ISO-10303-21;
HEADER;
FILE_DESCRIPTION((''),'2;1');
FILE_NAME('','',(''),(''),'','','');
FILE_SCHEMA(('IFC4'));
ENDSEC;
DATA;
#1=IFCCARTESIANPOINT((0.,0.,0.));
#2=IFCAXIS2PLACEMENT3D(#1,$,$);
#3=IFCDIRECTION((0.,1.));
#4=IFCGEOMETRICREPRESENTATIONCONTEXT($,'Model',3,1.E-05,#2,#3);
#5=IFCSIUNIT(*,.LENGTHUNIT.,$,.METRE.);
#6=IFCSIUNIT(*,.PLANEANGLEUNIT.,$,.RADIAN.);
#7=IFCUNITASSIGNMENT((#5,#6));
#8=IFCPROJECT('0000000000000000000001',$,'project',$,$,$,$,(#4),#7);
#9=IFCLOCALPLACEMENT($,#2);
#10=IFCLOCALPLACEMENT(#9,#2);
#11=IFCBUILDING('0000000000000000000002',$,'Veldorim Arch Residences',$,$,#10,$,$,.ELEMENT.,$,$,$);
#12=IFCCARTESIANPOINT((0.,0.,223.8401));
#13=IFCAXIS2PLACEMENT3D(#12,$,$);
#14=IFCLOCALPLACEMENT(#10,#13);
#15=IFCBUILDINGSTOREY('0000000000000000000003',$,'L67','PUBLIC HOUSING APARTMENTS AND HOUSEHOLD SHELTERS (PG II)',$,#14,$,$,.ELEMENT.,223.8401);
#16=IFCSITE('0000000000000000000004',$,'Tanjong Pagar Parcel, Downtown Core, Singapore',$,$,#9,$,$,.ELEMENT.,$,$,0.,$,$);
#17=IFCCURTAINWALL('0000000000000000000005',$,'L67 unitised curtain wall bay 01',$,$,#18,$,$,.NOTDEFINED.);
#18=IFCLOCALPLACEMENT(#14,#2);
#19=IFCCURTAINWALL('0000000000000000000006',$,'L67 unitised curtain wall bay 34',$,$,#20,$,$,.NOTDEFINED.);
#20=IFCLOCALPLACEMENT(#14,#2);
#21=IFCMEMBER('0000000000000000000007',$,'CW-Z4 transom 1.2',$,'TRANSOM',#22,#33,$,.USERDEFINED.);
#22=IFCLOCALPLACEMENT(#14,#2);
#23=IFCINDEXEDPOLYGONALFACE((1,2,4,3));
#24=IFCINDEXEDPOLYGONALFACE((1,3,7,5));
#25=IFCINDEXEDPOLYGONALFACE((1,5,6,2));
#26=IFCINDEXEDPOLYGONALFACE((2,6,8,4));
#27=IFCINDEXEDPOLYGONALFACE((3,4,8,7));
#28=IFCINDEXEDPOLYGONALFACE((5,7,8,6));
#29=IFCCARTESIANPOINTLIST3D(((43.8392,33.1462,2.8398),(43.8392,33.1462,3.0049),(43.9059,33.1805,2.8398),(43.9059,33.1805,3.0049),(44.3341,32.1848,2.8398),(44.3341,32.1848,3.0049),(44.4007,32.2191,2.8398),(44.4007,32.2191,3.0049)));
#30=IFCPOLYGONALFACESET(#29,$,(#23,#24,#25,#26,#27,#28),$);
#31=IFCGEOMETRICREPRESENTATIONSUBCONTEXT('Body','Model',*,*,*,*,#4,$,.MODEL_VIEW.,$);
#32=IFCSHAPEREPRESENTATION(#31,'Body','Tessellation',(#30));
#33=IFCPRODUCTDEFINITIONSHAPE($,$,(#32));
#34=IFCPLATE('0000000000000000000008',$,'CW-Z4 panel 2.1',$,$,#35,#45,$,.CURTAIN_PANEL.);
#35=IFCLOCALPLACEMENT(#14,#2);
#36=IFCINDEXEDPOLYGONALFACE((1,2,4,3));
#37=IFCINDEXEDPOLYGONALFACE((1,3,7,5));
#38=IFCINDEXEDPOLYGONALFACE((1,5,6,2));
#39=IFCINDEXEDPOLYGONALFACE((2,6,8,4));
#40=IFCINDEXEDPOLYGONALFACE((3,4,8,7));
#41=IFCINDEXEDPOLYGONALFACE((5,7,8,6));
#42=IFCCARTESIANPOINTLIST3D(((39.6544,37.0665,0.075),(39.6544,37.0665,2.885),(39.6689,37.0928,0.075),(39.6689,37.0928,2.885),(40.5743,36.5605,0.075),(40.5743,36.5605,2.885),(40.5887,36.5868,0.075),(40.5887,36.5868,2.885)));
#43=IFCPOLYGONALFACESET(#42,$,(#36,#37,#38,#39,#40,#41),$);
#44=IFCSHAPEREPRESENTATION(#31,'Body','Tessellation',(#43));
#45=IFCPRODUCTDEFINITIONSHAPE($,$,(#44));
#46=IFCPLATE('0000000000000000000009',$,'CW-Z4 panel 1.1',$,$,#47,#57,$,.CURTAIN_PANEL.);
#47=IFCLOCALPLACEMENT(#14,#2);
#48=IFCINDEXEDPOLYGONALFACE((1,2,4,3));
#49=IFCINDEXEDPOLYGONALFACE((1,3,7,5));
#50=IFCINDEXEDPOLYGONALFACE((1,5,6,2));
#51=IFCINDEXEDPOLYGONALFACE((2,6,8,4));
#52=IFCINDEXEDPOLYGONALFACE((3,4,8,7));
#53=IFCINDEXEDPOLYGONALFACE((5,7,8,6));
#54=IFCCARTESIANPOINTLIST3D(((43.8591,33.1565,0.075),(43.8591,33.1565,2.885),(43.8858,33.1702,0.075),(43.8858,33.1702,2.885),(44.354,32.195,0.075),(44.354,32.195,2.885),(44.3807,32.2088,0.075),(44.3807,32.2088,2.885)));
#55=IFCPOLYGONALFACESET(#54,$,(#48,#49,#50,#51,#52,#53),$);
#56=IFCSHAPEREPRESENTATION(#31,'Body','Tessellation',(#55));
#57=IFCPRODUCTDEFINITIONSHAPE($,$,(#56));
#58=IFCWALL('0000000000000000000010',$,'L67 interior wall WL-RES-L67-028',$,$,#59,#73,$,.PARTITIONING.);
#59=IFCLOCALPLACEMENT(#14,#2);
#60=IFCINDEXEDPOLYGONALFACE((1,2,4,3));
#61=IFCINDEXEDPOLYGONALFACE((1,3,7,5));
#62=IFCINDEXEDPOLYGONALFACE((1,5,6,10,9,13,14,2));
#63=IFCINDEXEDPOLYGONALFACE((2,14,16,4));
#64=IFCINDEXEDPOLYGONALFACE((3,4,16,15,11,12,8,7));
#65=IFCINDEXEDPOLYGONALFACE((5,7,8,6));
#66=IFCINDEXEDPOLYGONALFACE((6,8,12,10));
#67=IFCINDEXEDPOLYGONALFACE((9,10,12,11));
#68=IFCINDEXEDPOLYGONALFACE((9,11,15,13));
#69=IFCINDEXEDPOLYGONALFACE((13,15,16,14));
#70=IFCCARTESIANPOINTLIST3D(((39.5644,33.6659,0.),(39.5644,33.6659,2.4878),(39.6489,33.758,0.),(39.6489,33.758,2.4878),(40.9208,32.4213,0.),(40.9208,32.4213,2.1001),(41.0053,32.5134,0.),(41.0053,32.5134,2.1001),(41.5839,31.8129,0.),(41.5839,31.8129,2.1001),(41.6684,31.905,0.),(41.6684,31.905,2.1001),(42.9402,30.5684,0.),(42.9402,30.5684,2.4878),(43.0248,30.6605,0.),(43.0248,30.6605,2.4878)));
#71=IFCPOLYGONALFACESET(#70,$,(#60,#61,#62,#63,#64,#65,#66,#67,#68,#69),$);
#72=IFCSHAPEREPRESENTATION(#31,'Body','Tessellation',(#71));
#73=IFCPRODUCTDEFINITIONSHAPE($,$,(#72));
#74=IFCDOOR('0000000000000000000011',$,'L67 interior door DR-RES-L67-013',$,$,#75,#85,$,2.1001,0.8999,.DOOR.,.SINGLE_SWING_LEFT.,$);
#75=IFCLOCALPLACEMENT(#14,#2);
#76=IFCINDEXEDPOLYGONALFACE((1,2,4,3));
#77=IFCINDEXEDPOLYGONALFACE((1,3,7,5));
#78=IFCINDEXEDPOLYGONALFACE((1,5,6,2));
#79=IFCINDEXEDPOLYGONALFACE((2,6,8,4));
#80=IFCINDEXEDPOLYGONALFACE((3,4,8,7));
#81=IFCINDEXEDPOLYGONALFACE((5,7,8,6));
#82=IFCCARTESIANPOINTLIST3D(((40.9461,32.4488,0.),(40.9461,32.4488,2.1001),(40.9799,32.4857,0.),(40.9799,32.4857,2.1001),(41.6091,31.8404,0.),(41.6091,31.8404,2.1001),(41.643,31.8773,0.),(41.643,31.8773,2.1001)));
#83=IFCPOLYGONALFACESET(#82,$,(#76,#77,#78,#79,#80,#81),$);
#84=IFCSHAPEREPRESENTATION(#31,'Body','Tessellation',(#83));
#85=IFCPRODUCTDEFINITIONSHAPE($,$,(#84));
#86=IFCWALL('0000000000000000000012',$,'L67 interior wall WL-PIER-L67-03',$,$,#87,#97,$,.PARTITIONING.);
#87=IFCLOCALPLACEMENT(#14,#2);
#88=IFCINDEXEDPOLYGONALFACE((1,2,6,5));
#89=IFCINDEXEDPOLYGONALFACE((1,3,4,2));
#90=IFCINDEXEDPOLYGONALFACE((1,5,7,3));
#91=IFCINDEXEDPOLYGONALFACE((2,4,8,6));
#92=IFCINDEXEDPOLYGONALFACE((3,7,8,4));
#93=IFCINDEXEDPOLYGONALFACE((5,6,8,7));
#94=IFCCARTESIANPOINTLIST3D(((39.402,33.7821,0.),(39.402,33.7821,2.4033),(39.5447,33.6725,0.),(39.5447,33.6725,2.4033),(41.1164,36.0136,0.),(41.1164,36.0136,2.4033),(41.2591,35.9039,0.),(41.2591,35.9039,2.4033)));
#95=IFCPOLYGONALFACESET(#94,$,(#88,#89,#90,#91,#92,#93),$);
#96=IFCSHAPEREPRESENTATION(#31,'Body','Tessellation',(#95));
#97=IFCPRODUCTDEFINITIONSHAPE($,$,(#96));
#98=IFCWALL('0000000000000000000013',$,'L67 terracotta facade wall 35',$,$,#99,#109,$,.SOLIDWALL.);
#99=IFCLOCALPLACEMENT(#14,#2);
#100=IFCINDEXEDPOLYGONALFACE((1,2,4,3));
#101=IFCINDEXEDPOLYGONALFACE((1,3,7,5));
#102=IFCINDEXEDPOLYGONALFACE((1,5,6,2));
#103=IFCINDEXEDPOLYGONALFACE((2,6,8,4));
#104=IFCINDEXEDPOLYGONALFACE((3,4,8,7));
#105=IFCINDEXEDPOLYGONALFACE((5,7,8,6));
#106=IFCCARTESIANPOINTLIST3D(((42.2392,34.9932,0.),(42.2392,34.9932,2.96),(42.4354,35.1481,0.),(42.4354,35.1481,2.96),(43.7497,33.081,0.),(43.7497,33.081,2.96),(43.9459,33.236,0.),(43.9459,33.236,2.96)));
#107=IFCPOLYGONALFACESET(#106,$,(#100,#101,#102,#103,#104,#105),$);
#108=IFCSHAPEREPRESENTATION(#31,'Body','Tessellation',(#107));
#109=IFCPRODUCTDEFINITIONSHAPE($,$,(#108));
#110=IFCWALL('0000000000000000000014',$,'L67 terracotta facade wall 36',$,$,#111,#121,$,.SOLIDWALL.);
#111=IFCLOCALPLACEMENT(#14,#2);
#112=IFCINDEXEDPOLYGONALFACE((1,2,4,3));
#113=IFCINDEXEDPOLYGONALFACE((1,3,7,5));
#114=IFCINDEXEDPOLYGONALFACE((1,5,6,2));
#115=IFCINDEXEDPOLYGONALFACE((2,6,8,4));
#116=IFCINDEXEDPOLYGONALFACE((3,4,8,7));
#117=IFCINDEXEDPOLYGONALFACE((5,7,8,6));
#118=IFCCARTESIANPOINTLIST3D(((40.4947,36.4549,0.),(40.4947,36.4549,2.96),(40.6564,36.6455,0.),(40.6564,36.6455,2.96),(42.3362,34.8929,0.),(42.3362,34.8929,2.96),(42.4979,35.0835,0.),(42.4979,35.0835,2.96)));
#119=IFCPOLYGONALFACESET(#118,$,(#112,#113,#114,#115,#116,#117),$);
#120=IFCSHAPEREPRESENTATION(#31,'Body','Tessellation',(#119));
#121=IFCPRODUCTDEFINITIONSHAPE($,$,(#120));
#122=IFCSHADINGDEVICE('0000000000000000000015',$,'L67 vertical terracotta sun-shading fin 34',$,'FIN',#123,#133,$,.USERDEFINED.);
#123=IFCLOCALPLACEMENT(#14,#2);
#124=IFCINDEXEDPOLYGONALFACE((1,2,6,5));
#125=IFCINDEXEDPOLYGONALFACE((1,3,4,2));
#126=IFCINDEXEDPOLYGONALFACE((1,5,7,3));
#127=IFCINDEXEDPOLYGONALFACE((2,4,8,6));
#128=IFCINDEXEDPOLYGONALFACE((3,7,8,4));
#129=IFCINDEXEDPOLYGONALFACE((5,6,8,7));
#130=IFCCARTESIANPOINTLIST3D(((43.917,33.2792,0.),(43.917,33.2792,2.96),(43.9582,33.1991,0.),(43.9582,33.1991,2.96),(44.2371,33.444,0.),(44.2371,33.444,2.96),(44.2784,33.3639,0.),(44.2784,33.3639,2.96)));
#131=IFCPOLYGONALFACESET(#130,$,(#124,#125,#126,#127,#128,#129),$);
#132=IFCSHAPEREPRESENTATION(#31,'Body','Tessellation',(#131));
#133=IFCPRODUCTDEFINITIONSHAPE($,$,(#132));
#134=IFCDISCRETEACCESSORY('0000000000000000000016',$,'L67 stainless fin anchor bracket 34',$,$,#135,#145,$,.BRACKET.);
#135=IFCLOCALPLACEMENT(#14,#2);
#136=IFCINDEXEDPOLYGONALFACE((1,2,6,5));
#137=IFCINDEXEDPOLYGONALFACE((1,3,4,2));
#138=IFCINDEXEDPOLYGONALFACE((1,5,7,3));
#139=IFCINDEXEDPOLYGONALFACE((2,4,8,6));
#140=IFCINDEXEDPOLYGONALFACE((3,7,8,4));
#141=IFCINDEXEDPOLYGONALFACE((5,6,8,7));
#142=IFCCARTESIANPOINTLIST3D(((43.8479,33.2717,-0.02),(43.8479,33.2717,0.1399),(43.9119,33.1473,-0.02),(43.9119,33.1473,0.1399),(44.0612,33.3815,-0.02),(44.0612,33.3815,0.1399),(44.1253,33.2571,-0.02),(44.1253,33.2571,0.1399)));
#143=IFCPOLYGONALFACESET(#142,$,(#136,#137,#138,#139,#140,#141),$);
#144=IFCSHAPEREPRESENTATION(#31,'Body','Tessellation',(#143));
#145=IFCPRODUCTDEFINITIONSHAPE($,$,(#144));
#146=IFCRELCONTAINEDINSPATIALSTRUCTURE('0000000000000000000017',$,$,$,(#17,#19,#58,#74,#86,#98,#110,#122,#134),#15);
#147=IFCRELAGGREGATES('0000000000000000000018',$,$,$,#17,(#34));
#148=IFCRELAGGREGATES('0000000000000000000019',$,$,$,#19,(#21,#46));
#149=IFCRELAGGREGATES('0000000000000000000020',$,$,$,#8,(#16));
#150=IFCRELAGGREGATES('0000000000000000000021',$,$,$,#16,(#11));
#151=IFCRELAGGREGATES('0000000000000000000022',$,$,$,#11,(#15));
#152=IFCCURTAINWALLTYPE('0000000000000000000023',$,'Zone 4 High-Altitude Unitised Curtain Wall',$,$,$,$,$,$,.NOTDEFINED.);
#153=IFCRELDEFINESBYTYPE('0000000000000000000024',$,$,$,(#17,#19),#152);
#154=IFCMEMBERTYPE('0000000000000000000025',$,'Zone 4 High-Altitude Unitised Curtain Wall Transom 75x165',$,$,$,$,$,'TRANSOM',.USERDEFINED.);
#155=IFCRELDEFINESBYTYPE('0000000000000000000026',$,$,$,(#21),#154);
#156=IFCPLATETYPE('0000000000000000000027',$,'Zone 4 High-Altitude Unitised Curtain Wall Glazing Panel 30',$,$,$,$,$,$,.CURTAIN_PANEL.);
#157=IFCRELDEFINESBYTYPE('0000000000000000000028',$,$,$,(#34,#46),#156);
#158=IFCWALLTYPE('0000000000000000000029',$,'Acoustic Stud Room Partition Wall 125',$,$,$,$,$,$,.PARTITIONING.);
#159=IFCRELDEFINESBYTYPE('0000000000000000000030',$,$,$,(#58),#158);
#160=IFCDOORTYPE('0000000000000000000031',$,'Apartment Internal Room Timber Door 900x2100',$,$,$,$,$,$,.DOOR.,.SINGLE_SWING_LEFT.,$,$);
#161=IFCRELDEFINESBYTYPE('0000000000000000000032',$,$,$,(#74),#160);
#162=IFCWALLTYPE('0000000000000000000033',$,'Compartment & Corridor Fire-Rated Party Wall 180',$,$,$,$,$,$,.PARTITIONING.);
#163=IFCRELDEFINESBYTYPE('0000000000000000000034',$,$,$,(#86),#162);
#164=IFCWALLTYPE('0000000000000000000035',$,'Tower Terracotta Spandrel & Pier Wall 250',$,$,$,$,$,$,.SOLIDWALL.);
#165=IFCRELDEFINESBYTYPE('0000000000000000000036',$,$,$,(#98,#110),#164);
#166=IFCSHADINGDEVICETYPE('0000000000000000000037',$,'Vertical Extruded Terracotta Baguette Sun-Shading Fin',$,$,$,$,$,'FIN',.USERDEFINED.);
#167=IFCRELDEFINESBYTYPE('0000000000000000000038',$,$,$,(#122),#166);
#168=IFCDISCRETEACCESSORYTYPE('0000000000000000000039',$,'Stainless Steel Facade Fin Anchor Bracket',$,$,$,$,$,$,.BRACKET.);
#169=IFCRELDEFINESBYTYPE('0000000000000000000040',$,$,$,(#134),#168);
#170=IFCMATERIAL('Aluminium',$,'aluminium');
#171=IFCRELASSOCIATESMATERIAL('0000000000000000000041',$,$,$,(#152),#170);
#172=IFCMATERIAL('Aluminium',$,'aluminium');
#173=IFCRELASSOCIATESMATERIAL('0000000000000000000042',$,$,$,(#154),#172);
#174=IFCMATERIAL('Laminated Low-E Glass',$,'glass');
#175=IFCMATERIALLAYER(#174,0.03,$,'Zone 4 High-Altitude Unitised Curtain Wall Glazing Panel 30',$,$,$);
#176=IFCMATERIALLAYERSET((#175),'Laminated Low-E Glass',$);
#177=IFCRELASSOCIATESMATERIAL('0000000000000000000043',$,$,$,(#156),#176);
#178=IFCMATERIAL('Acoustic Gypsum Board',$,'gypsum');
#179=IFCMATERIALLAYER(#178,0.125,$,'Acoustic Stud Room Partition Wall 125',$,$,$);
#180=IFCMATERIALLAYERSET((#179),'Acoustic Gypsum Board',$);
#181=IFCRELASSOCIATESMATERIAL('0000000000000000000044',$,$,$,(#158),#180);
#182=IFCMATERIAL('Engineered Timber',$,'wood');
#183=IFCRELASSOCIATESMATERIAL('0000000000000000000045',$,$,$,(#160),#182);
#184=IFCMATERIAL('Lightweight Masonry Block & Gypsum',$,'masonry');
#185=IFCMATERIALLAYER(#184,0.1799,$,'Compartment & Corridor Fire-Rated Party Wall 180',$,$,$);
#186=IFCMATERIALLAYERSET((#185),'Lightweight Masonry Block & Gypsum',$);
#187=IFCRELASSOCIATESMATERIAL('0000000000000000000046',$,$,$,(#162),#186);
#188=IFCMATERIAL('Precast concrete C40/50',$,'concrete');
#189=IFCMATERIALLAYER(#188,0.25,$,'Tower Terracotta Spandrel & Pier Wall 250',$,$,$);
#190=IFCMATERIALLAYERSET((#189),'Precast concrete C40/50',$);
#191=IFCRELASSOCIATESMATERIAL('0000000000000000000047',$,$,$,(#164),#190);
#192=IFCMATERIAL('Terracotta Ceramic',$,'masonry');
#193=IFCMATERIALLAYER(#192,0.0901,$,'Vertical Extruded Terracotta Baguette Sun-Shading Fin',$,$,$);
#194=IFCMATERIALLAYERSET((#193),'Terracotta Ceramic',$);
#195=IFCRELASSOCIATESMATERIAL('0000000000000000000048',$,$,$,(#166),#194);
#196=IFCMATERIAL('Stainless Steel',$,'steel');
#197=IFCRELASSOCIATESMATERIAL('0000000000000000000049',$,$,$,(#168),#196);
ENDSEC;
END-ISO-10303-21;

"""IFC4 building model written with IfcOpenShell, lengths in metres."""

from ifc_helpers import new_model, si_unit, direction, frame, frame_2d, origin, origin_2d, place, context, subcontext, project, spatial, rectangle, extrude, material, layer, layer_set, material_profile, profile_set, type_object, element, fill, aggregate, save


model = new_model("IFC4")

# Units and contexts
model_context = context("Model", 3, precision=1e-05, world=origin(), true_north=direction((0.0, 1.0)))
body_context = subcontext(model_context, "Body", "Model", "MODEL_VIEW")
ifc_project = project(units=[si_unit("LENGTHUNIT", "METRE"), si_unit("PLANEANGLEUNIT", "RADIAN")], contexts=[model_context])

# Site, building, storey
site_placement = place(None, origin())
site = spatial("IfcSite", under=ifc_project, at=site_placement, Name="Tanjong Pagar Parcel, Downtown Core, Singapore", CompositionType="ELEMENT", RefElevation=0.0)
building_placement = place(site_placement, origin())
building = spatial("IfcBuilding", under=site, at=building_placement, Name="Veldorim Arch Residences", CompositionType="ELEMENT")
storey_placement = place(building_placement, frame((0.0, 0.0, 223.8401)))
storey = spatial("IfcBuildingStorey", under=building, at=storey_placement, Name="L67", Description="PUBLIC HOUSING APARTMENTS AND HOUSEHOLD SHELTERS (PG II)", CompositionType="ELEMENT", Elevation=223.8401)

# Curtain wall
ifc_material_1 = material(Name="Aluminium", Category="aluminium")
curtain_wall_type = type_object("IfcCurtainWallType", Name="Zone 4 High-Altitude Unitised Curtain Wall", PredefinedType="NOTDEFINED", material=ifc_material_1)
curtain_wall_1_placement = place(storey_placement, origin())
curtain_wall_1 = element("IfcCurtainWall", 1, at=curtain_wall_1_placement, inside=storey, type_object=curtain_wall_type, Name="L67 unitised curtain wall bay 01", PredefinedType="NOTDEFINED")

# Curtain wall
curtain_wall_2_placement = place(storey_placement, origin())
curtain_wall_2 = element("IfcCurtainWall", 2, at=curtain_wall_2_placement, inside=storey, type_object=curtain_wall_type, Name="L67 unitised curtain wall bay 34", PredefinedType="NOTDEFINED")

# Member
ifc_material_2 = material(Name="Aluminium", Category="aluminium")
ifc_material_profile_1 = material_profile(ifc_material_2, rectangle(XDim=0.075, YDim=0.165, at=origin_2d()), Name="ALU_TRN_75x165")
ifc_profile_set_1 = profile_set([ifc_material_profile_1], Name="Aluminium")
member_type_1 = type_object("IfcMemberType", Name="Zone 4 High-Altitude Unitised Curtain Wall Transom 75x165", ElementType="TRANSOM", PredefinedType="USERDEFINED", material=ifc_profile_set_1)
member_1_placement = place(storey_placement, frame((43.8726, 33.1633, 2.9224), z_axis=(0.457659, -0.889128, 0.0), x_axis=(0.889128, 0.457659, 0.0)))
member_1 = element("IfcMember", 3, at=member_1_placement, type_object=member_type_1, Name="CW-Z4 transom 1.2", ObjectType="TRANSOM", PredefinedType="USERDEFINED", context=body_context, shape_type="SweptSolid", body=[
    extrude(rectangle(XDim=0.075, YDim=0.165, at=origin_2d()), origin(), (0.0, 0.0, 1.0), 1.0813),
])

# Plates
ifc_material_3 = material(Name="Laminated Low-E Glass", Category="glass")
ifc_layer_1 = layer(ifc_material_3, 0.03, Name="Zone 4 High-Altitude Unitised Curtain Wall Glazing Panel 30")
ifc_layer_set_1 = layer_set([ifc_layer_1], Name="Laminated Low-E Glass")
plate_type = type_object("IfcPlateType", Name="Zone 4 High-Altitude Unitised Curtain Wall Glazing Panel 30", PredefinedType="CURTAIN_PANEL", material=ifc_layer_set_1)
plate_1_placement = place(storey_placement, frame((40.1216, 36.8267, 0.075), z_axis=(0.0, 0.0, 1.0), x_axis=(0.876197, -0.481953, 0.0)))
plate_1 = element("IfcPlate", 4, at=plate_1_placement, type_object=plate_type, Name="CW-Z4 panel 2.1", PredefinedType="CURTAIN_PANEL", context=body_context, shape_type="SweptSolid", body=[
    extrude(rectangle(XDim=1.0498, YDim=0.03, at=origin_2d()), origin(), (0.0, 0.0, 1.0), 2.8101),
])
aggregate(curtain_wall_1, [plate_1])
plate_2_placement = place(storey_placement, frame((44.1199, 32.6826, 0.075), z_axis=(0.0, 0.0, 1.0), x_axis=(0.457653, -0.889131, 0.0)))
plate_2 = element("IfcPlate", 5, at=plate_2_placement, type_object=plate_type, Name="CW-Z4 panel 1.1", PredefinedType="CURTAIN_PANEL", context=body_context, shape_type="SweptSolid", body=[
    extrude(rectangle(XDim=1.0813, YDim=0.03, at=origin_2d()), origin(), (0.0, 0.0, 1.0), 2.8101),
])
aggregate(curtain_wall_2, [member_1, plate_2])

# Wall, opening, door
ifc_material_4 = material(Name="Acoustic Gypsum Board", Category="gypsum")
ifc_layer_2 = layer(ifc_material_4, 0.125, Name="Acoustic Stud Room Partition Wall 125")
ifc_layer_set_2 = layer_set([ifc_layer_2], Name="Acoustic Gypsum Board")
wall_type_1 = type_object("IfcWallType", Name="Acoustic Stud Room Partition Wall 125", PredefinedType="PARTITIONING", material=ifc_layer_set_2)
wall_1_placement = place(storey_placement, frame((39.6067, 33.7119, 0.0), z_axis=(0.0, 0.0, 1.0), x_axis=(0.736829, -0.676079, 0.0)))
wall_1 = element("IfcWall", 6, at=wall_1_placement, inside=storey, type_object=wall_type_1, Name="L67 interior wall WL-RES-L67-028", PredefinedType="PARTITIONING", context=body_context, shape_type="SweptSolid", body=[
    extrude(rectangle(XDim=4.5815, YDim=0.125, at=frame_2d((2.2908, 0.0))), origin(), (0.0, 0.0, 1.0), 2.4878),
])
opening_placement = place(wall_1_placement, frame((1.8408, 0.0, 0.0)))
opening = element("IfcOpeningElement", 7, at=opening_placement, cuts=wall_1, PredefinedType="OPENING", context=body_context, shape_type="SweptSolid", body=[
    extrude(rectangle(XDim=0.8999, YDim=2.1001, at=frame_2d((0.45, 1.05))), frame((0.0, 0.0725, 0.0), z_axis=(0.0, -1.0, 0.0), x_axis=(1.0, 0.0, 0.0)), (0.0, 0.0, 1.0), 0.145),
])
ifc_material_5 = material(Name="Engineered Timber", Category="wood")
door_type = type_object("IfcDoorType", Name="Apartment Internal Room Timber Door 900x2100", OperationType="SINGLE_SWING_LEFT", PredefinedType="DOOR", material=ifc_material_5)
door_placement = place(opening_placement, origin())
door = element("IfcDoor", 8, at=door_placement, inside=storey, type_object=door_type, Name="L67 interior door DR-RES-L67-013", OperationType="SINGLE_SWING_LEFT", OverallHeight=2.1001, OverallWidth=0.8999, PredefinedType="DOOR", context=body_context, shape_type="SweptSolid", body=[
    extrude(rectangle(XDim=0.8999, YDim=2.1001, at=frame_2d((0.45, 1.05))), frame((0.0, 0.0249, 0.0), z_axis=(0.0, -1.0, 0.0), x_axis=(1.0, 0.0, 0.0)), (0.0, 0.0, 1.0), 0.05),
])
fill(opening, door)

# Walls
ifc_material_6 = material(Name="Lightweight Masonry Block & Gypsum", Category="masonry")
ifc_layer_3 = layer(ifc_material_6, 0.1799, Name="Compartment & Corridor Fire-Rated Party Wall 180")
ifc_layer_set_3 = layer_set([ifc_layer_3], Name="Lightweight Masonry Block & Gypsum")
wall_type_2 = type_object("IfcWallType", Name="Compartment & Corridor Fire-Rated Party Wall 180", PredefinedType="PARTITIONING", material=ifc_layer_set_3)
wall_2_placement = place(storey_placement, frame((39.4734, 33.7273, 0.0), z_axis=(0.0, 0.0, 1.0), x_axis=(0.609233, 0.792992, 0.0)))
element("IfcWall", 9, at=wall_2_placement, inside=storey, type_object=wall_type_2, Name="L67 interior wall WL-PIER-L67-03", PredefinedType="PARTITIONING", context=body_context, shape_type="SweptSolid", body=[
    extrude(rectangle(XDim=2.814, YDim=0.1799, at=frame_2d((1.407, 0.0))), origin(), (0.0, 0.0, 1.0), 2.4033),
])
ifc_material_7 = material(Name="Precast concrete C40/50", Category="concrete")
ifc_layer_4 = layer(ifc_material_7, 0.25, Name="Tower Terracotta Spandrel & Pier Wall 250")
ifc_layer_set_4 = layer_set([ifc_layer_4], Name="Precast concrete C40/50")
wall_type_3 = type_object("IfcWallType", Name="Tower Terracotta Spandrel & Pier Wall 250", PredefinedType="SOLIDWALL", material=ifc_layer_set_4)
wall_3_placement = place(storey_placement, frame((42.3374, 35.0706, 0.0), z_axis=(0.0, 0.0, 1.0), x_axis=(0.619881, -0.784696, 0.0)))
element("IfcWall", 10, at=wall_3_placement, inside=storey, type_object=wall_type_3, Name="L67 terracotta facade wall 35", PredefinedType="SOLIDWALL", context=body_context, shape_type="SweptSolid", body=[
    extrude(rectangle(XDim=2.4368, YDim=0.25, at=frame_2d((1.2183, 0.0))), origin(), (0.0, 0.0, 1.0), 2.96),
])
wall_4_placement = place(storey_placement, frame((40.5754, 36.5503, 0.0), z_axis=(0.0, 0.0, 1.0), x_axis=(0.762615, -0.646853, 0.0)))
element("IfcWall", 11, at=wall_4_placement, inside=storey, type_object=wall_type_3, Name="L67 terracotta facade wall 36", PredefinedType="SOLIDWALL", context=body_context, shape_type="SweptSolid", body=[
    extrude(rectangle(XDim=2.4148, YDim=0.25, at=frame_2d((1.2075, 0.0))), origin(), (0.0, 0.0, 1.0), 2.96),
])

# Shading device
ifc_material_8 = material(Name="Terracotta Ceramic", Category="masonry")
ifc_layer_5 = layer(ifc_material_8, 0.0901, Name="Vertical Extruded Terracotta Baguette Sun-Shading Fin")
ifc_layer_set_5 = layer_set([ifc_layer_5], Name="Terracotta Ceramic")
shading_device_type = type_object("IfcShadingDeviceType", Name="Vertical Extruded Terracotta Baguette Sun-Shading Fin", ElementType="FIN", PredefinedType="USERDEFINED", material=ifc_layer_set_5)
shading_device_placement = place(storey_placement, frame((44.0977, 33.3215, 0.0), z_axis=(0.0, 0.0, 1.0), x_axis=(0.457719, -0.889097, 0.0)))
element("IfcShadingDevice", 12, at=shading_device_placement, inside=storey, type_object=shading_device_type, Name="L67 vertical terracotta sun-shading fin 34", ObjectType="FIN", PredefinedType="USERDEFINED", context=body_context, shape_type="SweptSolid", body=[
    extrude(rectangle(XDim=0.0901, YDim=0.3601, at=origin_2d()), origin(), (0.0, 0.0, 1.0), 2.96),
])

# Discrete accessory
ifc_material_9 = material(Name="Stainless Steel", Category="steel")
discrete_accessory_type = type_object("IfcDiscreteAccessoryType", Name="Stainless Steel Facade Fin Anchor Bracket", PredefinedType="BRACKET", material=ifc_material_9)
discrete_accessory_placement = place(storey_placement, frame((43.9866, 33.2644, -0.02), z_axis=(0.0, 0.0, 1.0), x_axis=(0.457719, -0.889097, 0.0)))
element("IfcDiscreteAccessory", 13, at=discrete_accessory_placement, inside=storey, type_object=discrete_accessory_type, Name="L67 stainless fin anchor bracket 34", PredefinedType="BRACKET", context=body_context, shape_type="SweptSolid", body=[
    extrude(rectangle(XDim=0.1399, YDim=0.24, at=origin_2d()), origin(), (0.0, 0.0, 1.0), 0.1599),
])

save(model, "model.ifc")
